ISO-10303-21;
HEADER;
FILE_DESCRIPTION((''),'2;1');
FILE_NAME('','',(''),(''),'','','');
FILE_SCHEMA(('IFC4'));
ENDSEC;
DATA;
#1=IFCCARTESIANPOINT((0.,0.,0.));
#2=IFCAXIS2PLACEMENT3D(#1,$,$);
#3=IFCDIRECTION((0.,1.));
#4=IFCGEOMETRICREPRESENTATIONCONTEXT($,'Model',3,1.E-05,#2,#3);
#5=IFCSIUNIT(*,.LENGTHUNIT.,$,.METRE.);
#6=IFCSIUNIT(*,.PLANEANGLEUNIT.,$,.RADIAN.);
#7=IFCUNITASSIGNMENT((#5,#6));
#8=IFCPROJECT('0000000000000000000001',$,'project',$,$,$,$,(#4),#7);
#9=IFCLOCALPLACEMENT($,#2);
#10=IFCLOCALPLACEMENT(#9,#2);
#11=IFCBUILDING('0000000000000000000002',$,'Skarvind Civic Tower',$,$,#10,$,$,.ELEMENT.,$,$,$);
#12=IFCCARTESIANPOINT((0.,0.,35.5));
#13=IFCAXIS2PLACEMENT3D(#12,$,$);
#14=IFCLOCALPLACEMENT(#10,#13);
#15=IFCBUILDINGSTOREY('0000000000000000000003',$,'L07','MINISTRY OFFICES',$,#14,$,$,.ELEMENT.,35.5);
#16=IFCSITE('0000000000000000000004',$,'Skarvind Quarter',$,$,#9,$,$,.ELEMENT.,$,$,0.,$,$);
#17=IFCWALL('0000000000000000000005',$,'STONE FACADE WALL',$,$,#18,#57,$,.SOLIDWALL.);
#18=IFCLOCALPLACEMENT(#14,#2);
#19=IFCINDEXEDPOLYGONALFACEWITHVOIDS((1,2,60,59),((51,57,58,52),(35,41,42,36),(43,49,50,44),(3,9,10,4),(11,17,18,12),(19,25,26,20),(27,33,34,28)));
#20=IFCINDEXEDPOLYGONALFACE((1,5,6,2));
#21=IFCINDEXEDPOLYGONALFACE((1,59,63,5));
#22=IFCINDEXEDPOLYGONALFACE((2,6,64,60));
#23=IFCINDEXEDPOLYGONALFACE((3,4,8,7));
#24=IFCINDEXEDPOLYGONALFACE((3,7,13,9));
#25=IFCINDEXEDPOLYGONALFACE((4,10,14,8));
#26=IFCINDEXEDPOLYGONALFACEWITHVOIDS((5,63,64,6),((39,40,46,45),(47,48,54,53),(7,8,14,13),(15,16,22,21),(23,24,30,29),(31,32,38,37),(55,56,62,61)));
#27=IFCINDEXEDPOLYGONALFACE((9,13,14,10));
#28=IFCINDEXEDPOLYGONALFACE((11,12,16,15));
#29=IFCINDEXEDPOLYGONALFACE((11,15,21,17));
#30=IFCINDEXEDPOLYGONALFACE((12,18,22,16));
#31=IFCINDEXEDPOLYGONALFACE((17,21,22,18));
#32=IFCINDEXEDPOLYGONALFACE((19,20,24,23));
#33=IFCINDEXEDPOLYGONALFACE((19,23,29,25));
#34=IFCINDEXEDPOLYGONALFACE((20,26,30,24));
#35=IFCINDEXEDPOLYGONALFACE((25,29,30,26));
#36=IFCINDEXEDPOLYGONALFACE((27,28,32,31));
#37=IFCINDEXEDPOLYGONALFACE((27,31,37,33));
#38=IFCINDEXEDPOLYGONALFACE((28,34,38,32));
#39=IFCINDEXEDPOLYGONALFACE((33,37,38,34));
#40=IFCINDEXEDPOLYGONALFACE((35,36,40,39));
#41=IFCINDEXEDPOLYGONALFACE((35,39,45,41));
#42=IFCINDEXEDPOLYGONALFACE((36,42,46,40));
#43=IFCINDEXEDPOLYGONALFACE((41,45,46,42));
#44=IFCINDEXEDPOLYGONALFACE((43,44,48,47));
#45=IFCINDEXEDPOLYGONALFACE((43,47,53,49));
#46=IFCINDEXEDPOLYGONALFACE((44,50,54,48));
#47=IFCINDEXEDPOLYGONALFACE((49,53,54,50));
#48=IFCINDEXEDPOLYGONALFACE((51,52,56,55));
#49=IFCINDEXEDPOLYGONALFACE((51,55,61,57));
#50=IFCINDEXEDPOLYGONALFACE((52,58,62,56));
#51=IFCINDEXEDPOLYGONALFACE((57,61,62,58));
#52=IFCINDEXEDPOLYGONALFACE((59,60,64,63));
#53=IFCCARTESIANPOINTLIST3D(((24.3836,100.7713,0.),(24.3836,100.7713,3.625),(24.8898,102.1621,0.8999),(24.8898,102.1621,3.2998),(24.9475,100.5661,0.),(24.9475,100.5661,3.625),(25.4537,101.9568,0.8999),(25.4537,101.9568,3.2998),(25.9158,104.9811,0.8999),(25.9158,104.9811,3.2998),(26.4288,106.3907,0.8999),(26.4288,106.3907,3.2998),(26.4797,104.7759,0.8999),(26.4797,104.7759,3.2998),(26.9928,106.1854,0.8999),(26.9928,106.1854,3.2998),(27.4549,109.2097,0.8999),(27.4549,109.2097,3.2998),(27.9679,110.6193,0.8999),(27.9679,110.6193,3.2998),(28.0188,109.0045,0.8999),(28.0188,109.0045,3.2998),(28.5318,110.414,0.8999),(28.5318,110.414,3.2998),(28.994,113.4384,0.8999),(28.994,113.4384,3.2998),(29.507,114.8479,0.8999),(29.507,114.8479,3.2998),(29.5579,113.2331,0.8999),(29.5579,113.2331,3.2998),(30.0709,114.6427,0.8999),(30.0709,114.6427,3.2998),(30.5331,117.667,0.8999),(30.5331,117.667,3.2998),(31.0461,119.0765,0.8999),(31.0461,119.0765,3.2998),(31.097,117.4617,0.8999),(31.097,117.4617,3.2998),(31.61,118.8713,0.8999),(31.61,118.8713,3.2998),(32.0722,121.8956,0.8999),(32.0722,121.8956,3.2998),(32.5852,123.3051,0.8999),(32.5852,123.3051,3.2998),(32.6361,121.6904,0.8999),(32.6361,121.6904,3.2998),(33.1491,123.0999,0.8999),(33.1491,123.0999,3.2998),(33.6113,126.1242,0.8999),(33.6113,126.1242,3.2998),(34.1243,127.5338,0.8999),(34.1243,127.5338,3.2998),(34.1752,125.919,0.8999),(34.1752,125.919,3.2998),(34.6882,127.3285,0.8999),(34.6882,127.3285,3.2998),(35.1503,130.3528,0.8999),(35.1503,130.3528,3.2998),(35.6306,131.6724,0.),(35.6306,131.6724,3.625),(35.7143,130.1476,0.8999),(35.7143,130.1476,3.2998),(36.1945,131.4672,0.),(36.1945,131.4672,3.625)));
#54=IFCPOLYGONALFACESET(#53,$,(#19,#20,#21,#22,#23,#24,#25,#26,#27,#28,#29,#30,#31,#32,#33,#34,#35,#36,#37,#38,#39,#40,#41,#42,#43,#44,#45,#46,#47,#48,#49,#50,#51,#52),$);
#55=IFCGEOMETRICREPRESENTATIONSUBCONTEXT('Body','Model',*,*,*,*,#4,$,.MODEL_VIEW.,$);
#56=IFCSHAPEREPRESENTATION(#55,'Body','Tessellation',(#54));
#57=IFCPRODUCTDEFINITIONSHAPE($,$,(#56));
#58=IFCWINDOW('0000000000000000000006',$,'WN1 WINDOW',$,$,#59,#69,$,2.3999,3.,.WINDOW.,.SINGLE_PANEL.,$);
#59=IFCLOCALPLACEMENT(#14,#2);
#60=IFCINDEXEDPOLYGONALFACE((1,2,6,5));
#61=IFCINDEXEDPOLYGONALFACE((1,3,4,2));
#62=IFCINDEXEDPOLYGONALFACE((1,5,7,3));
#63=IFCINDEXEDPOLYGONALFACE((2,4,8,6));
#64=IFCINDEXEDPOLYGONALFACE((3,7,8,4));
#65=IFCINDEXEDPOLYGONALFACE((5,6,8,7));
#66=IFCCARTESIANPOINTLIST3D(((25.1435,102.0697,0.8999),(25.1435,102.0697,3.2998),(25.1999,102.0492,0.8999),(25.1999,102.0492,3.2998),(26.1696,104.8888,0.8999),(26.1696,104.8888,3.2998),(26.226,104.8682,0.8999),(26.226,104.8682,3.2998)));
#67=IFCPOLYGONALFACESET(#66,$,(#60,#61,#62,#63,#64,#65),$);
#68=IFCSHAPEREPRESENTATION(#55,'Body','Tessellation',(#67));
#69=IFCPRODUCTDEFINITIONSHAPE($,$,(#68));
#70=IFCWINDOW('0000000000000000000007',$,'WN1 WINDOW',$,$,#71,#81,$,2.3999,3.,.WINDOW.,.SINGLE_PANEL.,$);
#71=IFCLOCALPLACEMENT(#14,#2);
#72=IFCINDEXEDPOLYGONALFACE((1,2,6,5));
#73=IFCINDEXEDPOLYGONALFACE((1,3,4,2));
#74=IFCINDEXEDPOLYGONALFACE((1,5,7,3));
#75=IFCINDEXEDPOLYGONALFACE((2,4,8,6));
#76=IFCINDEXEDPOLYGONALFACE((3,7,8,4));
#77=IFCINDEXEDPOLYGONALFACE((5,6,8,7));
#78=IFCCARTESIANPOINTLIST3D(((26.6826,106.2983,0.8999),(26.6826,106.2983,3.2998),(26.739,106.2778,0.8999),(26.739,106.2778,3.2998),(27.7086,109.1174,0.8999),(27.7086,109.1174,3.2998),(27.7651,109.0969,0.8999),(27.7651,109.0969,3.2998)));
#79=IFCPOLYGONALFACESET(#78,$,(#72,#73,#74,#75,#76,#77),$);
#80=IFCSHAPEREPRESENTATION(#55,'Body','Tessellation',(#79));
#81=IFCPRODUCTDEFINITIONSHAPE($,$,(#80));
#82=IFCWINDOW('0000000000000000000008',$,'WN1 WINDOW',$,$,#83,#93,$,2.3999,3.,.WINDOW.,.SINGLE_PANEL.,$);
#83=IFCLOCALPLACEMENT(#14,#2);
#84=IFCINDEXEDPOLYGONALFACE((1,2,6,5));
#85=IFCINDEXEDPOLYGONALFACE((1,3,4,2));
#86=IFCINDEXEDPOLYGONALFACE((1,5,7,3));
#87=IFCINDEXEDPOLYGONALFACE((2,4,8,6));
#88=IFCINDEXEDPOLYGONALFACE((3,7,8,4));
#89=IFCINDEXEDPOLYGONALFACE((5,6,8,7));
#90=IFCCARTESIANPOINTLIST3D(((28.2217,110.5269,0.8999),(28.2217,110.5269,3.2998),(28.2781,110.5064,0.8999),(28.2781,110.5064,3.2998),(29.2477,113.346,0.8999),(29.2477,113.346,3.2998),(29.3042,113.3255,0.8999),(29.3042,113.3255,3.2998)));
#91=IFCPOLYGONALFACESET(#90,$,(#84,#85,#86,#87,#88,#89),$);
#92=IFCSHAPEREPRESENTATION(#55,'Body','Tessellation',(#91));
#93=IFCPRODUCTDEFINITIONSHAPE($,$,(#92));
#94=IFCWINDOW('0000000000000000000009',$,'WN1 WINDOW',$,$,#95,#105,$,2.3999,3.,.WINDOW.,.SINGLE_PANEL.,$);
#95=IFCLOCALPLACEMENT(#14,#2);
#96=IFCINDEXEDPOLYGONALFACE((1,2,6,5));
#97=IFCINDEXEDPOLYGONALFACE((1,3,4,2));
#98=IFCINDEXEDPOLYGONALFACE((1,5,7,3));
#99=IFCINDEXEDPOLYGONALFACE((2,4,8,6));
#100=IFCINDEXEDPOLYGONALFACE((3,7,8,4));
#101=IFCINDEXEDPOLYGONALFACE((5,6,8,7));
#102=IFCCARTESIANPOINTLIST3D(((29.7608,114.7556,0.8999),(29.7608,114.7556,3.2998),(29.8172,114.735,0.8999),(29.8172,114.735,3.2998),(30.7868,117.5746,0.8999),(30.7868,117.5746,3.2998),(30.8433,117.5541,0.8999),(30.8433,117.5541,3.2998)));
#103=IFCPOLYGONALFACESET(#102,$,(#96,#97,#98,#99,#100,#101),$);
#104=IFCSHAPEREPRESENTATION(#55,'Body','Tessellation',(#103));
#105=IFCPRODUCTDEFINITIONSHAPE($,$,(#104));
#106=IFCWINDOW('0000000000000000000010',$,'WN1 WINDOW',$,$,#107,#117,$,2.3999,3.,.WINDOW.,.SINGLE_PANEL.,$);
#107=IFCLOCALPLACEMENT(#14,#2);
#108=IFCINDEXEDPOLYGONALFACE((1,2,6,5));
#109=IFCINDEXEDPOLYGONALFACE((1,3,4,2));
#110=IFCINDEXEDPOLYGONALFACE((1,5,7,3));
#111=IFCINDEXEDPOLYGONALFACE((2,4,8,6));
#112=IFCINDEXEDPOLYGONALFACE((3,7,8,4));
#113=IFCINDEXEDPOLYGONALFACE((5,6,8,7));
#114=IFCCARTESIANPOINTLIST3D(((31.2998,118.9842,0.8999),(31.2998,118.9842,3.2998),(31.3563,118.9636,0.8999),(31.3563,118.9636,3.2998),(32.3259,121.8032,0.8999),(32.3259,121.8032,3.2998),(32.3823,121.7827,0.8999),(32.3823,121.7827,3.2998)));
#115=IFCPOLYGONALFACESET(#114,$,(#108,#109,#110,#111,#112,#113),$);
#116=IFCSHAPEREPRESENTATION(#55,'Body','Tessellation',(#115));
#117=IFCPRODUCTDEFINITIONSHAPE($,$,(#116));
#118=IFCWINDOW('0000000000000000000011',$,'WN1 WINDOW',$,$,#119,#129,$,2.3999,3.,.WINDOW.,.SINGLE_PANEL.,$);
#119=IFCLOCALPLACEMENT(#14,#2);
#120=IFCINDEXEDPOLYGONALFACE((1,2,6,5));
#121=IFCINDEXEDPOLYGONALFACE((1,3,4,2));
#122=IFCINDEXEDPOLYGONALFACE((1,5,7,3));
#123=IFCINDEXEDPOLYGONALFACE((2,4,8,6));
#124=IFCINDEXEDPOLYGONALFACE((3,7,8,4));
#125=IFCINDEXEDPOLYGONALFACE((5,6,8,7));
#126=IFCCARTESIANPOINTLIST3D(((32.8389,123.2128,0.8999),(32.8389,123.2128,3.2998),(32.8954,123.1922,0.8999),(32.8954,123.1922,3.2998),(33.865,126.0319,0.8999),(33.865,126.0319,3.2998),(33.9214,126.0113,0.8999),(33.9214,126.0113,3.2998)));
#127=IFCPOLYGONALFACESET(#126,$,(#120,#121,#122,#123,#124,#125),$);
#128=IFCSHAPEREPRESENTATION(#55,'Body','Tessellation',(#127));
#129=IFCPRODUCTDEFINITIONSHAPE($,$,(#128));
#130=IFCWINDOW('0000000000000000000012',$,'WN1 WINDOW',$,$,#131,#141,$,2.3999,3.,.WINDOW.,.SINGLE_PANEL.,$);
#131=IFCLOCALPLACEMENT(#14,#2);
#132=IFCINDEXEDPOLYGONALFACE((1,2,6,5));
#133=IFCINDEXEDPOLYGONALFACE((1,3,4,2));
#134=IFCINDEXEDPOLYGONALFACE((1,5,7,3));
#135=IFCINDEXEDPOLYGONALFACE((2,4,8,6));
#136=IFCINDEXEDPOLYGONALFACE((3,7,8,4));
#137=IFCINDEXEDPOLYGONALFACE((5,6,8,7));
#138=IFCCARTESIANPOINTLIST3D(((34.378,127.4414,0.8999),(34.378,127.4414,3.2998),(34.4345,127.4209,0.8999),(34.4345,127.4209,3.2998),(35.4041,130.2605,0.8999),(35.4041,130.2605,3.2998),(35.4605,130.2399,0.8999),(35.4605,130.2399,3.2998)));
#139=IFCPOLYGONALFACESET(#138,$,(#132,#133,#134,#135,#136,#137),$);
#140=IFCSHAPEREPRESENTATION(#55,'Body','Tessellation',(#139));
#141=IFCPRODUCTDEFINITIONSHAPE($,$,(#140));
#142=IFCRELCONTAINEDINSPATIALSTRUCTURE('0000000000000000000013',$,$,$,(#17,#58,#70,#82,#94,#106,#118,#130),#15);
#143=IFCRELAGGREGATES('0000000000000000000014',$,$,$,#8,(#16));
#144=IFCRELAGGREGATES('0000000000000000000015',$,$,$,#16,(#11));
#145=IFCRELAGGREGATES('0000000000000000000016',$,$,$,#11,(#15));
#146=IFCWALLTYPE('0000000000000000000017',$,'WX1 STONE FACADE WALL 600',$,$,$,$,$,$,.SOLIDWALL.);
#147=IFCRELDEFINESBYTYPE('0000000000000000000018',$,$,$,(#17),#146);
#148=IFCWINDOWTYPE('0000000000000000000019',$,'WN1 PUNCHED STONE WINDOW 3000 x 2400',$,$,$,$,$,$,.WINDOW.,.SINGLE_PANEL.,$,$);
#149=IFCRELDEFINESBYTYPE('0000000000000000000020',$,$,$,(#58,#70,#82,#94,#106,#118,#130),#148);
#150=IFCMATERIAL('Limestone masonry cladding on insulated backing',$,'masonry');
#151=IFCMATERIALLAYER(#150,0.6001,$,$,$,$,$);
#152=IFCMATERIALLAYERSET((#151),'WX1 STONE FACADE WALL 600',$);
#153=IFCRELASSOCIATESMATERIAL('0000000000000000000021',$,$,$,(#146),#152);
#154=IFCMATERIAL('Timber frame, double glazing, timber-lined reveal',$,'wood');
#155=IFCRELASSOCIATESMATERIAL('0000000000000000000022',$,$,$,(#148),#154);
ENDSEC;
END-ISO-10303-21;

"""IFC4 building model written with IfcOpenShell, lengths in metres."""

from ifc_helpers import new_model, si_unit, direction, frame, frame_2d, origin, place, context, subcontext, project, spatial, rectangle, extrude, material, layer, layer_set, type_object, element, fill, save


model = new_model("IFC4")

# Units and contexts
model_context = context("Model", 3, precision=1e-05, world=origin(), true_north=direction((0.0, 1.0)))
body_context = subcontext(model_context, "Body", "Model", "MODEL_VIEW")
ifc_project = project(units=[si_unit("LENGTHUNIT", "METRE"), si_unit("PLANEANGLEUNIT", "RADIAN")], contexts=[model_context])

# Site, building, storey
site_placement = place(None, origin())
site = spatial("IfcSite", under=ifc_project, at=site_placement, Name="Skarvind Quarter", CompositionType="ELEMENT", RefElevation=0.0)
building_placement = place(site_placement, origin())
building = spatial("IfcBuilding", under=site, at=building_placement, Name="Skarvind Civic Tower", CompositionType="ELEMENT")
storey_placement = place(building_placement, frame((0.0, 0.0, 35.5)))
storey = spatial("IfcBuildingStorey", under=building, at=storey_placement, Name="L07", Description="MINISTRY OFFICES", CompositionType="ELEMENT", Elevation=35.5)

# Wall, openings, windows
ifc_material_1 = material(Name="Limestone masonry cladding on insulated backing", Category="masonry")
ifc_layer_1 = layer(ifc_material_1, 0.6001)
ifc_layer_set_1 = layer_set([ifc_layer_1], Name="WX1 STONE FACADE WALL 600")
wall_type_1 = type_object("IfcWallType", Name="WX1 STONE FACADE WALL 600", PredefinedType="SOLIDWALL", material=ifc_layer_set_1)
wall_1_placement = place(storey_placement, frame((24.6655, 100.6687, 0.0), z_axis=(0.0, 0.0, 1.0), x_axis=(0.34202, 0.939693, 0.0)))
wall_1 = element("IfcWall", 1, at=wall_1_placement, inside=storey, type_object=wall_type_1, Name="STONE FACADE WALL", PredefinedType="SOLIDWALL", context=body_context, shape_type="SweptSolid", body=[
    extrude(rectangle(XDim=32.8843, YDim=0.6001, at=frame_2d((16.4421, 0.0))), origin(), (0.0, 0.0, 1.0), 3.625),
])
opening_1_placement = place(wall_1_placement, frame((1.48, 0.0, 0.8999)))
opening_1 = element("IfcOpeningElement", 2, at=opening_1_placement, cuts=wall_1, PredefinedType="OPENING", context=body_context, shape_type="SweptSolid", body=[
    extrude(rectangle(XDim=3.0, YDim=2.3999, at=frame_2d((1.5, 1.2))), frame((0.0, 0.3101, 0.0), z_axis=(0.0, -1.0, 0.0), x_axis=(1.0, 0.0, 0.0)), (0.0, 0.0, 1.0), 0.6201),
])
opening_2_placement = place(wall_1_placement, frame((5.98, 0.0, 0.8999)))
opening_2 = element("IfcOpeningElement", 3, at=opening_2_placement, cuts=wall_1, PredefinedType="OPENING", context=body_context, shape_type="SweptSolid", body=[
    extrude(rectangle(XDim=3.0, YDim=2.3999, at=frame_2d((1.5, 1.2))), frame((0.0, 0.3101, 0.0), z_axis=(0.0, -1.0, 0.0), x_axis=(1.0, 0.0, 0.0)), (0.0, 0.0, 1.0), 0.6201),
])
opening_3_placement = place(wall_1_placement, frame((10.48, 0.0, 0.8999)))
opening_3 = element("IfcOpeningElement", 4, at=opening_3_placement, cuts=wall_1, PredefinedType="OPENING", context=body_context, shape_type="SweptSolid", body=[
    extrude(rectangle(XDim=3.0, YDim=2.3999, at=frame_2d((1.5, 1.2))), frame((0.0, 0.3101, 0.0), z_axis=(0.0, -1.0, 0.0), x_axis=(1.0, 0.0, 0.0)), (0.0, 0.0, 1.0), 0.6201),
])
opening_4_placement = place(wall_1_placement, frame((14.98, 0.0, 0.8999)))
opening_4 = element("IfcOpeningElement", 5, at=opening_4_placement, cuts=wall_1, PredefinedType="OPENING", context=body_context, shape_type="SweptSolid", body=[
    extrude(rectangle(XDim=3.0, YDim=2.3999, at=frame_2d((1.5, 1.2))), frame((0.0, 0.3101, 0.0), z_axis=(0.0, -1.0, 0.0), x_axis=(1.0, 0.0, 0.0)), (0.0, 0.0, 1.0), 0.6201),
])
opening_5_placement = place(wall_1_placement, frame((19.48, 0.0, 0.8999)))
opening_5 = element("IfcOpeningElement", 6, at=opening_5_placement, cuts=wall_1, PredefinedType="OPENING", context=body_context, shape_type="SweptSolid", body=[
    extrude(rectangle(XDim=3.0, YDim=2.3999, at=frame_2d((1.5, 1.2))), frame((0.0, 0.3101, 0.0), z_axis=(0.0, -1.0, 0.0), x_axis=(1.0, 0.0, 0.0)), (0.0, 0.0, 1.0), 0.6201),
])
opening_6_placement = place(wall_1_placement, frame((23.98, 0.0, 0.8999)))
opening_6 = element("IfcOpeningElement", 7, at=opening_6_placement, cuts=wall_1, PredefinedType="OPENING", context=body_context, shape_type="SweptSolid", body=[
    extrude(rectangle(XDim=3.0, YDim=2.3999, at=frame_2d((1.5, 1.2))), frame((0.0, 0.3101, 0.0), z_axis=(0.0, -1.0, 0.0), x_axis=(1.0, 0.0, 0.0)), (0.0, 0.0, 1.0), 0.6201),
])
opening_7_placement = place(wall_1_placement, frame((28.48, 0.0, 0.8999)))
opening_7 = element("IfcOpeningElement", 8, at=opening_7_placement, cuts=wall_1, PredefinedType="OPENING", context=body_context, shape_type="SweptSolid", body=[
    extrude(rectangle(XDim=3.0, YDim=2.3999, at=frame_2d((1.5, 1.2))), frame((0.0, 0.3101, 0.0), z_axis=(0.0, -1.0, 0.0), x_axis=(1.0, 0.0, 0.0)), (0.0, 0.0, 1.0), 0.6201),
])
ifc_material_2 = material(Name="Timber frame, double glazing, timber-lined reveal", Category="wood")
window_type = type_object("IfcWindowType", Name="WN1 PUNCHED STONE WINDOW 3000 x 2400", PartitioningType="SINGLE_PANEL", PredefinedType="WINDOW", material=ifc_material_2)
window_1_placement = place(opening_1_placement, origin())
window_1 = element("IfcWindow", 9, at=window_1_placement, inside=storey, type_object=window_type, Name="WN1 WINDOW", OverallHeight=2.3999, OverallWidth=3.0, PartitioningType="SINGLE_PANEL", PredefinedType="WINDOW", context=body_context, shape_type="SweptSolid", body=[
    extrude(rectangle(XDim=3.0, YDim=2.3999, at=frame_2d((1.5, 1.2))), frame((0.0, 0.03, 0.0), z_axis=(0.0, -1.0, 0.0), x_axis=(1.0, 0.0, 0.0)), (0.0, 0.0, 1.0), 0.0601),
])
fill(opening_1, window_1)
window_2_placement = place(opening_2_placement, origin())
window_2 = element("IfcWindow", 10, at=window_2_placement, inside=storey, type_object=window_type, Name="WN1 WINDOW", OverallHeight=2.3999, OverallWidth=3.0, PartitioningType="SINGLE_PANEL", PredefinedType="WINDOW", context=body_context, shape_type="SweptSolid", body=[
    extrude(rectangle(XDim=3.0, YDim=2.3999, at=frame_2d((1.5, 1.2))), frame((0.0, 0.03, 0.0), z_axis=(0.0, -1.0, 0.0), x_axis=(1.0, 0.0, 0.0)), (0.0, 0.0, 1.0), 0.0601),
])
fill(opening_2, window_2)
window_3_placement = place(opening_3_placement, origin())
window_3 = element("IfcWindow", 11, at=window_3_placement, inside=storey, type_object=window_type, Name="WN1 WINDOW", OverallHeight=2.3999, OverallWidth=3.0, PartitioningType="SINGLE_PANEL", PredefinedType="WINDOW", context=body_context, shape_type="SweptSolid", body=[
    extrude(rectangle(XDim=3.0, YDim=2.3999, at=frame_2d((1.5, 1.2))), frame((0.0, 0.03, 0.0), z_axis=(0.0, -1.0, 0.0), x_axis=(1.0, 0.0, 0.0)), (0.0, 0.0, 1.0), 0.0601),
])
fill(opening_3, window_3)
window_4_placement = place(opening_4_placement, origin())
window_4 = element("IfcWindow", 12, at=window_4_placement, inside=storey, type_object=window_type, Name="WN1 WINDOW", OverallHeight=2.3999, OverallWidth=3.0, PartitioningType="SINGLE_PANEL", PredefinedType="WINDOW", context=body_context, shape_type="SweptSolid", body=[
    extrude(rectangle(XDim=3.0, YDim=2.3999, at=frame_2d((1.5, 1.2))), frame((0.0, 0.03, 0.0), z_axis=(0.0, -1.0, 0.0), x_axis=(1.0, 0.0, 0.0)), (0.0, 0.0, 1.0), 0.0601),
])
fill(opening_4, window_4)
window_5_placement = place(opening_5_placement, origin())
window_5 = element("IfcWindow", 13, at=window_5_placement, inside=storey, type_object=window_type, Name="WN1 WINDOW", OverallHeight=2.3999, OverallWidth=3.0, PartitioningType="SINGLE_PANEL", PredefinedType="WINDOW", context=body_context, shape_type="SweptSolid", body=[
    extrude(rectangle(XDim=3.0, YDim=2.3999, at=frame_2d((1.5, 1.2))), frame((0.0, 0.03, 0.0), z_axis=(0.0, -1.0, 0.0), x_axis=(1.0, 0.0, 0.0)), (0.0, 0.0, 1.0), 0.0601),
])
fill(opening_5, window_5)
window_6_placement = place(opening_6_placement, origin())
window_6 = element("IfcWindow", 14, at=window_6_placement, inside=storey, type_object=window_type, Name="WN1 WINDOW", OverallHeight=2.3999, OverallWidth=3.0, PartitioningType="SINGLE_PANEL", PredefinedType="WINDOW", context=body_context, shape_type="SweptSolid", body=[
    extrude(rectangle(XDim=3.0, YDim=2.3999, at=frame_2d((1.5, 1.2))), frame((0.0, 0.03, 0.0), z_axis=(0.0, -1.0, 0.0), x_axis=(1.0, 0.0, 0.0)), (0.0, 0.0, 1.0), 0.0601),
])
fill(opening_6, window_6)
window_7_placement = place(opening_7_placement, origin())
window_7 = element("IfcWindow", 15, at=window_7_placement, inside=storey, type_object=window_type, Name="WN1 WINDOW", OverallHeight=2.3999, OverallWidth=3.0, PartitioningType="SINGLE_PANEL", PredefinedType="WINDOW", context=body_context, shape_type="SweptSolid", body=[
    extrude(rectangle(XDim=3.0, YDim=2.3999, at=frame_2d((1.5, 1.2))), frame((0.0, 0.03, 0.0), z_axis=(0.0, -1.0, 0.0), x_axis=(1.0, 0.0, 0.0)), (0.0, 0.0, 1.0), 0.0601),
])
fill(opening_7, window_7)

save(model, "model.ifc")
